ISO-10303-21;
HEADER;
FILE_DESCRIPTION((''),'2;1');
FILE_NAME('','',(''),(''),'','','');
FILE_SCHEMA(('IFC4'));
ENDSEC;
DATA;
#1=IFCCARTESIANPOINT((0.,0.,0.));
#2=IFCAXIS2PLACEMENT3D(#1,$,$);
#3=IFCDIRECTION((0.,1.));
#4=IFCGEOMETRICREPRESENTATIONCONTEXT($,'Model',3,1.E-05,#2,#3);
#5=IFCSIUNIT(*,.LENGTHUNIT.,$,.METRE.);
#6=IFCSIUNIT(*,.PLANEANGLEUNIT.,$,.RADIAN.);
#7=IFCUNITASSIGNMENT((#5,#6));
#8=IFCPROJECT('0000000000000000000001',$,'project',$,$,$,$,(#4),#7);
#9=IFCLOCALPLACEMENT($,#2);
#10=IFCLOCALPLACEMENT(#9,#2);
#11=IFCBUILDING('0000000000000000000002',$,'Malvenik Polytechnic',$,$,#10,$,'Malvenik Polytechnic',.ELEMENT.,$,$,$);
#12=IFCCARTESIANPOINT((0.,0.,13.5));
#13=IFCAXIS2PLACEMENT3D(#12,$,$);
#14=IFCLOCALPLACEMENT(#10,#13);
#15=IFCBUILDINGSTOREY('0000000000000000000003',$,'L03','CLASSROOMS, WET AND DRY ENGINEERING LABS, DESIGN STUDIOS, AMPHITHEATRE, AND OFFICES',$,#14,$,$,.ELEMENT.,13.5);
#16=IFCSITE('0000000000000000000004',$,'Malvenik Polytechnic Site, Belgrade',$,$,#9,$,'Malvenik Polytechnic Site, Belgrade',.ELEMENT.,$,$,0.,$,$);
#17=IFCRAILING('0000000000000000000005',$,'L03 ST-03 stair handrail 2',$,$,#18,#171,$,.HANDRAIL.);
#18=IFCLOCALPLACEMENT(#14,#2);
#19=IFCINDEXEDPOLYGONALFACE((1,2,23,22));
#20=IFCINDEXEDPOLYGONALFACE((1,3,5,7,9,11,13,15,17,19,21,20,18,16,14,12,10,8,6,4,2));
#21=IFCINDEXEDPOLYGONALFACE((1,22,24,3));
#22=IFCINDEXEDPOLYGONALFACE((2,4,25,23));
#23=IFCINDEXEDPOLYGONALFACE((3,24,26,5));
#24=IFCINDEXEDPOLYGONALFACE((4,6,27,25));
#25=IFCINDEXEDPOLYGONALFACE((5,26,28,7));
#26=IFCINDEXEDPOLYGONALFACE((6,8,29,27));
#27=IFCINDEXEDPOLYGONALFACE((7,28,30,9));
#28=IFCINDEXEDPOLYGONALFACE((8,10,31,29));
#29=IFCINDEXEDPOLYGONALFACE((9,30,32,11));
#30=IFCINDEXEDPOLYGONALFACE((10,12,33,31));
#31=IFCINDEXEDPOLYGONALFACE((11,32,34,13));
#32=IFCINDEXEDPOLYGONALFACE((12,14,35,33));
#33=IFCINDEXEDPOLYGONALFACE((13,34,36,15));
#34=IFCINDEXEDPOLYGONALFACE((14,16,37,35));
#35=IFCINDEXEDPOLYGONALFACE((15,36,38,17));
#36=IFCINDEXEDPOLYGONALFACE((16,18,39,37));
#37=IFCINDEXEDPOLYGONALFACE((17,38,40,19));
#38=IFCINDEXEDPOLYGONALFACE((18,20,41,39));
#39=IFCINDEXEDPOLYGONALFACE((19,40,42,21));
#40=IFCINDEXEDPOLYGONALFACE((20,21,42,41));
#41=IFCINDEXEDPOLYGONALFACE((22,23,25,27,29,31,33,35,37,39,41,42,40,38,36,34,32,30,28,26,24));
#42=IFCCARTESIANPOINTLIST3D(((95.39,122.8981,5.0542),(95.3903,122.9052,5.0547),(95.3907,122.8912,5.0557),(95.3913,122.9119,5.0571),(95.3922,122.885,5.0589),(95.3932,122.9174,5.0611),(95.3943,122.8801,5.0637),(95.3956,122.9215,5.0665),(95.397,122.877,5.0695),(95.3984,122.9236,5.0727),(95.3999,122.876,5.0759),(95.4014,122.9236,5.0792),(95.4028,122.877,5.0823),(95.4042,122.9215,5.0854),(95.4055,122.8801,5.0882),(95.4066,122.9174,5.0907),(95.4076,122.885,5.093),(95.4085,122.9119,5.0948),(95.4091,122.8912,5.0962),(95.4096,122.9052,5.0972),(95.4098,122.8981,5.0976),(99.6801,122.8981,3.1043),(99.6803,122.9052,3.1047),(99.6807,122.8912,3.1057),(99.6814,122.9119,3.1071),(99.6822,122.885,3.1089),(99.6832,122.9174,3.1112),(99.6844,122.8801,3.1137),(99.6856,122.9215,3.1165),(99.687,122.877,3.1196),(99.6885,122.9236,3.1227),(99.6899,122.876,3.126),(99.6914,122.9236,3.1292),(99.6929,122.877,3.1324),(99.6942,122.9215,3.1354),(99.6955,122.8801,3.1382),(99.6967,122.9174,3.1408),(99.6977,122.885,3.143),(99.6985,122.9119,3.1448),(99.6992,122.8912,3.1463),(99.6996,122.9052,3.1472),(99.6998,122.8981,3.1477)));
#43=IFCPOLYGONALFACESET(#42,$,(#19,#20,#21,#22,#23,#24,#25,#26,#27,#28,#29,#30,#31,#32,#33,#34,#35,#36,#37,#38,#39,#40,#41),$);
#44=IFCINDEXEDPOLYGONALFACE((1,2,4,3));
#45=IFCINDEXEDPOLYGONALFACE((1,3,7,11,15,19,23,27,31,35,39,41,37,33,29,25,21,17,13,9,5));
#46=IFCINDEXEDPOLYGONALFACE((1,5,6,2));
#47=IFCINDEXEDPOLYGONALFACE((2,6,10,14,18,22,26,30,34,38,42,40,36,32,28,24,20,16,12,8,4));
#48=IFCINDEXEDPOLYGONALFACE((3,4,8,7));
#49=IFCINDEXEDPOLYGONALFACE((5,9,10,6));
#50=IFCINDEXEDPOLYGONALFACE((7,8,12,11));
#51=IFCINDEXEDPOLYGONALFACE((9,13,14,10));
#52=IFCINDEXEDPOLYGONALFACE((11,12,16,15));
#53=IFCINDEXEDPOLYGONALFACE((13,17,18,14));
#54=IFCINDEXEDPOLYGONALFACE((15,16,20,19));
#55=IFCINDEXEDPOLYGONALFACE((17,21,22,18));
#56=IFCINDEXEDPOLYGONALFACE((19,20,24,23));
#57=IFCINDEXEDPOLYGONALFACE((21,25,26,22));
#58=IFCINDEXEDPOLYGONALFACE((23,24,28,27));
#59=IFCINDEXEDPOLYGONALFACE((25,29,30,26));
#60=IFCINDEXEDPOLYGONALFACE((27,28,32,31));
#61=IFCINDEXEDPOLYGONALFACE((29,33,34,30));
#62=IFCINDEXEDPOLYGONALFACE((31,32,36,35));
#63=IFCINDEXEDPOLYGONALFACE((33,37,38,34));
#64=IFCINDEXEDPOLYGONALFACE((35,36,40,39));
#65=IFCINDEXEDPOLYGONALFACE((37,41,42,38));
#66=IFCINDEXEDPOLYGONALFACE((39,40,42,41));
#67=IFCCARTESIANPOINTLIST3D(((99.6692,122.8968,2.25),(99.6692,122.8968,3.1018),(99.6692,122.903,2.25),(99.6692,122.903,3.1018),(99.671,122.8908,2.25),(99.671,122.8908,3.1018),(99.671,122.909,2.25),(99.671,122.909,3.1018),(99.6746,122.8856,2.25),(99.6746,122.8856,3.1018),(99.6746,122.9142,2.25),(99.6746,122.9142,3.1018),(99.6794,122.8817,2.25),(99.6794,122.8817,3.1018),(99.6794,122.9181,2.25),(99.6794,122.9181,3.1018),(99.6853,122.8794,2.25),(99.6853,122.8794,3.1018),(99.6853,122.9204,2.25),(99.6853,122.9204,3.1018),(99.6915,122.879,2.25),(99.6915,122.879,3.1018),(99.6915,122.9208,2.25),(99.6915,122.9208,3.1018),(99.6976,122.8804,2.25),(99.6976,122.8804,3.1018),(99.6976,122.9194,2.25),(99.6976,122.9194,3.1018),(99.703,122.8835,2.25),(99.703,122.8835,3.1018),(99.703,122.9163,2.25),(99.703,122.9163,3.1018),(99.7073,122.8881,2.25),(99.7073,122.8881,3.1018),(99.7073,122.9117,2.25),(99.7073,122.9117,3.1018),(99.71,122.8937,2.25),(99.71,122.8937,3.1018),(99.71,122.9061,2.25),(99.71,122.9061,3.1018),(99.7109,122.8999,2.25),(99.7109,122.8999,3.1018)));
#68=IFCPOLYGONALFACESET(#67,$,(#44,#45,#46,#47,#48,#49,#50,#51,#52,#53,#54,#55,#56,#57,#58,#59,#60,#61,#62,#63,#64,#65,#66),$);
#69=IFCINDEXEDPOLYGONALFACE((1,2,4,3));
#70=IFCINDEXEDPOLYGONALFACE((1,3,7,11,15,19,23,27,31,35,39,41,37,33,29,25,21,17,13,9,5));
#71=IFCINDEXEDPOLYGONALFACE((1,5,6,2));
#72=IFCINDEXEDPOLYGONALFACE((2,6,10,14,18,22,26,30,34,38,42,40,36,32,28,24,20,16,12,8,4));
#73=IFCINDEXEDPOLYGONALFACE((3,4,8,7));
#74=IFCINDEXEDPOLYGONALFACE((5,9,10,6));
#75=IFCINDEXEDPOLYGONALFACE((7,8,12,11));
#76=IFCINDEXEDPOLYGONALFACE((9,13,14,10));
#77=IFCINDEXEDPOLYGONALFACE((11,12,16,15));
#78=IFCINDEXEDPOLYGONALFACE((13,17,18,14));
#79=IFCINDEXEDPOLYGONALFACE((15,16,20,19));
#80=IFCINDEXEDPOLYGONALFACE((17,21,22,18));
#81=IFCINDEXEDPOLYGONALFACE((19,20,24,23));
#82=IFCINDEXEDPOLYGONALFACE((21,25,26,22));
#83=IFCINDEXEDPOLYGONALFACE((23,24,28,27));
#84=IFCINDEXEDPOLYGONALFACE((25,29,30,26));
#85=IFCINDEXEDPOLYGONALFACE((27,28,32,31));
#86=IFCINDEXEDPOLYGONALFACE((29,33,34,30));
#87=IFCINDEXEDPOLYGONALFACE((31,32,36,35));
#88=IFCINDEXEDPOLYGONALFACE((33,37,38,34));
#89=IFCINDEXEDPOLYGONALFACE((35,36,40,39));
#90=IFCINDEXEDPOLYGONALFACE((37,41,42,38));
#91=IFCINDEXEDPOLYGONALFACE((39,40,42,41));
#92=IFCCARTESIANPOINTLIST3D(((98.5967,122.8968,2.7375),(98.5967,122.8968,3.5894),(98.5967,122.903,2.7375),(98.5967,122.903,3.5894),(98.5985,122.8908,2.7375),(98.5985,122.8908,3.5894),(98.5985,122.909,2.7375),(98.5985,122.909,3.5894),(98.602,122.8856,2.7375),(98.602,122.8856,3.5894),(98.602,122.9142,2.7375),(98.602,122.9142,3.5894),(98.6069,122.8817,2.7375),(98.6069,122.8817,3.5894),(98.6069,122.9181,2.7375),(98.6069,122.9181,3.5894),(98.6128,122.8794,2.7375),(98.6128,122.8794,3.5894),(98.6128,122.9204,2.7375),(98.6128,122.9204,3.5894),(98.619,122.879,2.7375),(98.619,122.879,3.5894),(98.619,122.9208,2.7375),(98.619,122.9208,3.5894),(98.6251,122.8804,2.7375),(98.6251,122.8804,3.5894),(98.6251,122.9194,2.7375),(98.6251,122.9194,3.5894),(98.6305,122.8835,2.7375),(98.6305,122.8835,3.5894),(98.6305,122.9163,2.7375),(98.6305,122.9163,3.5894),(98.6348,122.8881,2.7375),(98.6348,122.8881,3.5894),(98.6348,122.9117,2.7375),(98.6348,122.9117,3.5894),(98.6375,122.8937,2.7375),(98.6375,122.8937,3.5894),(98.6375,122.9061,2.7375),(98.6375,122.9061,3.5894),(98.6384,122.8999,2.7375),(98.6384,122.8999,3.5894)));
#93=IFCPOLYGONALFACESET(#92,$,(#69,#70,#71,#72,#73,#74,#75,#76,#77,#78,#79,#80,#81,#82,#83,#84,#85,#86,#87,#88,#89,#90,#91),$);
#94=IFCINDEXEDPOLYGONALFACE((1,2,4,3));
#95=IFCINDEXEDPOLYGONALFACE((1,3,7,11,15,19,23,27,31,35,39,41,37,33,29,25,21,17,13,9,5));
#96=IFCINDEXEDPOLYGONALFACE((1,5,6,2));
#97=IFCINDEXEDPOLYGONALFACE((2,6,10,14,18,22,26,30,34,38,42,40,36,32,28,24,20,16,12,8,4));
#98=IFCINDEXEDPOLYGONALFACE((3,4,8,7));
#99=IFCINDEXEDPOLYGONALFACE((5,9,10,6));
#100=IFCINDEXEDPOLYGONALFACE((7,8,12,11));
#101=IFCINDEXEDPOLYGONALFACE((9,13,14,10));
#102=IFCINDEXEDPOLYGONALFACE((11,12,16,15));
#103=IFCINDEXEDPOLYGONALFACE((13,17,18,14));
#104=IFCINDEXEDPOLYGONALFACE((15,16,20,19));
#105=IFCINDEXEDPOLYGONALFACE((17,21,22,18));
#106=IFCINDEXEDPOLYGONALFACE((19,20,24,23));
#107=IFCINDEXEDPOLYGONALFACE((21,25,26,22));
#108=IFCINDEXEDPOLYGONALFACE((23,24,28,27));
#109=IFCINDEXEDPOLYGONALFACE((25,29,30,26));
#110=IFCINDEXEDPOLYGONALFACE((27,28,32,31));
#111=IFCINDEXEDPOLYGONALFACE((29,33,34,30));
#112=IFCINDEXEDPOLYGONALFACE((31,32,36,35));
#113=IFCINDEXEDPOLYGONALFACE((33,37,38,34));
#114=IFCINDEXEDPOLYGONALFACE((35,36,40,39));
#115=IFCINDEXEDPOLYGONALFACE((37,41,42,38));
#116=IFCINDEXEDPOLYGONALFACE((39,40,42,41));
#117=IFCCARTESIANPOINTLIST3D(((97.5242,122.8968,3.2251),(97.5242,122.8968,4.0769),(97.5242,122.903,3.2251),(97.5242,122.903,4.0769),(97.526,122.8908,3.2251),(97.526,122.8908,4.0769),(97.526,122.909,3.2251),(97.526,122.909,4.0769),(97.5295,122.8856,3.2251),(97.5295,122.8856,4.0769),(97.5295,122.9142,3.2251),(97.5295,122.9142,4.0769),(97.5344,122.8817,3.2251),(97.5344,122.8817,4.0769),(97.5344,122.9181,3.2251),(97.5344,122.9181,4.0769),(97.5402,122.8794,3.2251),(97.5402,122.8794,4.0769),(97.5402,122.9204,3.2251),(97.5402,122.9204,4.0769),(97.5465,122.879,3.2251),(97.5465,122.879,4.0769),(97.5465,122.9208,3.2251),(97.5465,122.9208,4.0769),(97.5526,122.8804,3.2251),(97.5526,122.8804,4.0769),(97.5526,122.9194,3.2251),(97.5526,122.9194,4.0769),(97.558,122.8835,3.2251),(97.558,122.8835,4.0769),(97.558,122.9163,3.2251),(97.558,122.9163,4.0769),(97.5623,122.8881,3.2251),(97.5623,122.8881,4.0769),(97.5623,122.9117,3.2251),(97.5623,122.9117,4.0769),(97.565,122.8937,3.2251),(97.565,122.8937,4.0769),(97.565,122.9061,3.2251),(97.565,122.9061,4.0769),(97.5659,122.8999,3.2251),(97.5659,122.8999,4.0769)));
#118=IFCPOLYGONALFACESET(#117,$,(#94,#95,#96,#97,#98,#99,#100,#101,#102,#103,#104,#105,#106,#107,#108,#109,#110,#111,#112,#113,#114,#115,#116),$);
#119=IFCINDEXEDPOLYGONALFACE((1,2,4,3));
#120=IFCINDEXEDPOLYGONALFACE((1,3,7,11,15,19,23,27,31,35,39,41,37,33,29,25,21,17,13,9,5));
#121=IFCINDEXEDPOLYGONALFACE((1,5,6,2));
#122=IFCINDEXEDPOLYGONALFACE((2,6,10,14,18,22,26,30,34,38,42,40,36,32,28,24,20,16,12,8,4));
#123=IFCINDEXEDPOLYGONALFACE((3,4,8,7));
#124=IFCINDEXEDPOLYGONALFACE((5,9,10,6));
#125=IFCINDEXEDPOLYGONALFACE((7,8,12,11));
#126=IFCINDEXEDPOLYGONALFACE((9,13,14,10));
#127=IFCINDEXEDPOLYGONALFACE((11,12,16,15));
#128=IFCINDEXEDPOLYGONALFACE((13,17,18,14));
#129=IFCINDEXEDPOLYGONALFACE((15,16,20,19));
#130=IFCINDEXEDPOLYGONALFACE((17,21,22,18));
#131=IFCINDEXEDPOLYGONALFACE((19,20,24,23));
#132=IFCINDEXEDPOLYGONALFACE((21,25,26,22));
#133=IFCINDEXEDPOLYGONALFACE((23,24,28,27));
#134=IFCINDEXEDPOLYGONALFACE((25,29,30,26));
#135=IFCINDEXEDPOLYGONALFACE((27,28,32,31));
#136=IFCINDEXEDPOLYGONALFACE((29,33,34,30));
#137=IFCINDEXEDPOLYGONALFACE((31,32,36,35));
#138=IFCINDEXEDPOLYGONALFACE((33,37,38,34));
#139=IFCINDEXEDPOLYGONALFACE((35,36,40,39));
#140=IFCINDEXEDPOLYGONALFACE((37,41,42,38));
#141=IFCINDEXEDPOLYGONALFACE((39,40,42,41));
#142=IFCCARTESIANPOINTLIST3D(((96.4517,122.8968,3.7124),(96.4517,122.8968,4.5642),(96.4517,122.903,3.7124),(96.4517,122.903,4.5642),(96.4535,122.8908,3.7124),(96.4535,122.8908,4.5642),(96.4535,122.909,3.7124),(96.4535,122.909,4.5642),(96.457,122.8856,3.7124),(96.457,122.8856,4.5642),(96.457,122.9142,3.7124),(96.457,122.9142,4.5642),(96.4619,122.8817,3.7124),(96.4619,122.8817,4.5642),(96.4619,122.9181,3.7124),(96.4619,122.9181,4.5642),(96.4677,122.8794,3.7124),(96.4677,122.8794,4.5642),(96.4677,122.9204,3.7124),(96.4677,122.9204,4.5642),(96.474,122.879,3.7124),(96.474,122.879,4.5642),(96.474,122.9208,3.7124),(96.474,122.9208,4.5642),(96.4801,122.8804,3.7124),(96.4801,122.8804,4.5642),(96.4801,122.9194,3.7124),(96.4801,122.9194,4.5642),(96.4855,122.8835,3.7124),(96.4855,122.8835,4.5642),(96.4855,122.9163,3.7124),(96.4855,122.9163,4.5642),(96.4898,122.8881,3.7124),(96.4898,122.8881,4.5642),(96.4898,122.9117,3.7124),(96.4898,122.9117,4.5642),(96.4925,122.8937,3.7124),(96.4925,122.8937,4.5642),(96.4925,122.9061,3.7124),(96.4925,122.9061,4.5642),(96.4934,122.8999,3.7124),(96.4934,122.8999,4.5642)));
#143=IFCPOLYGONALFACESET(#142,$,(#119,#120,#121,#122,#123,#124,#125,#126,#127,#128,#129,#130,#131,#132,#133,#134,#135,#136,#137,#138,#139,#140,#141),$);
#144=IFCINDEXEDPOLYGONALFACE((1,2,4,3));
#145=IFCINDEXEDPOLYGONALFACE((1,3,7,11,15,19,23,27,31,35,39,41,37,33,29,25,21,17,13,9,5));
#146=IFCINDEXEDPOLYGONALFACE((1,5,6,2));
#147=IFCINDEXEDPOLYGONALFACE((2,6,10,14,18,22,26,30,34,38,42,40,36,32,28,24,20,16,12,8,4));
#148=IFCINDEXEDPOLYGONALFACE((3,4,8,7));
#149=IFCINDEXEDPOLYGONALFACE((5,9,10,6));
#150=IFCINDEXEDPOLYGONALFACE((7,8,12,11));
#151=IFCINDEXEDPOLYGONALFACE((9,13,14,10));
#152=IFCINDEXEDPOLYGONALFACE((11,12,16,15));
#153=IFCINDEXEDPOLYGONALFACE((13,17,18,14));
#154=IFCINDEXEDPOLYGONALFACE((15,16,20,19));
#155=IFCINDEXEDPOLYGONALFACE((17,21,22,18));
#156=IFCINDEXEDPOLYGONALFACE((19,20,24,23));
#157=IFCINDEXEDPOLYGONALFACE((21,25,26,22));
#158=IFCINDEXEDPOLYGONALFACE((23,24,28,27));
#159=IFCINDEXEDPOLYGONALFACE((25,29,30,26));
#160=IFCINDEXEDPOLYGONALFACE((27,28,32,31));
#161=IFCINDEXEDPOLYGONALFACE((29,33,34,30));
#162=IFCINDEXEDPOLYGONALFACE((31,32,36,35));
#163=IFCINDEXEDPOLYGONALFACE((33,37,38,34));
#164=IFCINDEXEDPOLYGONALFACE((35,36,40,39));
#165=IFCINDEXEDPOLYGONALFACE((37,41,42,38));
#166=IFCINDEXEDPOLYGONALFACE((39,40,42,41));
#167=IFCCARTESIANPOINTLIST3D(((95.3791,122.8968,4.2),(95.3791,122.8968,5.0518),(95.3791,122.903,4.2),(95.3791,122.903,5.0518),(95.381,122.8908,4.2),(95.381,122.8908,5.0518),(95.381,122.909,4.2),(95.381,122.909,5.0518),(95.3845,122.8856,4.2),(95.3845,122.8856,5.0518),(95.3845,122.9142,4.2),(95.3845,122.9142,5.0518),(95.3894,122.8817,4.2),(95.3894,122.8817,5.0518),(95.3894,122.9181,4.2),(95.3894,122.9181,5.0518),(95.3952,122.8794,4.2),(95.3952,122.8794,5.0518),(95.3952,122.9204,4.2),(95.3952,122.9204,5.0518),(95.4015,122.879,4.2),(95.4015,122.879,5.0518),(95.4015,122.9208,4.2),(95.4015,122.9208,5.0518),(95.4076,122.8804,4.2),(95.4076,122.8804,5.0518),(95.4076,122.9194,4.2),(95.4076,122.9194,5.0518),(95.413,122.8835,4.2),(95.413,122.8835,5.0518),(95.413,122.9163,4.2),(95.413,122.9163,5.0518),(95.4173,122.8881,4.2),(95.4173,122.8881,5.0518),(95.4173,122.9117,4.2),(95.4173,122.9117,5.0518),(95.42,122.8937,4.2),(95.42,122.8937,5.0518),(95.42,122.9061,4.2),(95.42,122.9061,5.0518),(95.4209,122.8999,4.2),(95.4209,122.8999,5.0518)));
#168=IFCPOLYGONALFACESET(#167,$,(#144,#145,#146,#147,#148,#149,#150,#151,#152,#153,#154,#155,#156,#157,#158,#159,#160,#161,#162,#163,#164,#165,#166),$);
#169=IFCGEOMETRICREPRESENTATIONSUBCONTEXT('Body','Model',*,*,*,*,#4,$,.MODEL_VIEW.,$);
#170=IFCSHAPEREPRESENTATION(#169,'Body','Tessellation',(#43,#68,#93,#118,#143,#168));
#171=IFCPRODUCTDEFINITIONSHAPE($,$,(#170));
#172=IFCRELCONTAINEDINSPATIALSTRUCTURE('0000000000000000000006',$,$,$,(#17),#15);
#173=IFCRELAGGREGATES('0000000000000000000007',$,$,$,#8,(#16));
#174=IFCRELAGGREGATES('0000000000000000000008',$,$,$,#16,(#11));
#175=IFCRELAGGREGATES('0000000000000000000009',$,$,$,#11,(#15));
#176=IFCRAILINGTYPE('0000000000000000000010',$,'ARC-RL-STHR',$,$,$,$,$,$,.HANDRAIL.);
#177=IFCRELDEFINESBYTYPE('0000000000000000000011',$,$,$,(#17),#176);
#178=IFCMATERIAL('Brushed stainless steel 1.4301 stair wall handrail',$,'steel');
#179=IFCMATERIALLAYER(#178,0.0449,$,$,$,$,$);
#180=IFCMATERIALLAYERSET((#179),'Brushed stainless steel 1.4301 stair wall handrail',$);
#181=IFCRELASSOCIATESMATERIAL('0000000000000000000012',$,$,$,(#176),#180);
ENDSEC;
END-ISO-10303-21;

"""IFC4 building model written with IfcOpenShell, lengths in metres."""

from ifc_helpers import new_model, si_unit, direction, frame, origin, origin_2d, place, context, subcontext, project, spatial, circle, extrude, material, layer, layer_set, type_object, element, save


model = new_model("IFC4")

# Units and contexts
model_context = context("Model", 3, precision=1e-05, world=origin(), true_north=direction((0.0, 1.0)))
body_context = subcontext(model_context, "Body", "Model", "MODEL_VIEW")
ifc_project = project(units=[si_unit("LENGTHUNIT", "METRE"), si_unit("PLANEANGLEUNIT", "RADIAN")], contexts=[model_context])

# Site, building, storey
site_placement = place(None, origin())
site = spatial("IfcSite", under=ifc_project, at=site_placement, Name="Malvenik Polytechnic Site, Belgrade", LongName="Malvenik Polytechnic Site, Belgrade", CompositionType="ELEMENT", RefElevation=0.0)
building_placement = place(site_placement, origin())
building = spatial("IfcBuilding", under=site, at=building_placement, Name="Malvenik Polytechnic", LongName="Malvenik Polytechnic", CompositionType="ELEMENT")
storey_placement = place(building_placement, frame((0.0, 0.0, 13.5)))
storey = spatial("IfcBuildingStorey", under=building, at=storey_placement, Name="L03", Description="CLASSROOMS, WET AND DRY ENGINEERING LABS, DESIGN STUDIOS, AMPHITHEATRE, AND OFFICES", CompositionType="ELEMENT", Elevation=13.5)

# Railing
ifc_material_1 = material(Name="Brushed stainless steel 1.4301 stair wall handrail", Category="steel")
ifc_layer_1 = layer(ifc_material_1, 0.0449)
ifc_layer_set_1 = layer_set([ifc_layer_1], Name="Brushed stainless steel 1.4301 stair wall handrail")
railing_type_1 = type_object("IfcRailingType", Name="ARC-RL-STHR", PredefinedType="HANDRAIL", material=ifc_layer_set_1)
railing_1_placement = place(storey_placement, frame((99.6899, 122.8999, 2.25)))
element("IfcRailing", 1, at=railing_1_placement, inside=storey, type_object=railing_type_1, Name="L03 ST-03 stair handrail 2", PredefinedType="HANDRAIL", context=body_context, shape_type="SweptSolid", body=[
    extrude(circle(Radius=0.0239, at=origin_2d()), frame((0.0, 0.0, 0.876), z_axis=(-0.910372, 0.0, 0.413791), x_axis=(0.0, -1.0, 0.0)), (0.0, 0.0, 1.0), 4.7124),
    extrude(circle(Radius=0.021, at=origin_2d()), origin(), (0.0, 0.0, 1.0), 0.8518),
    extrude(circle(Radius=0.021, at=origin_2d()), frame((-1.0725, 0.0, 0.4875)), (0.0, 0.0, 1.0), 0.8518),
    extrude(circle(Radius=0.021, at=origin_2d()), frame((-2.145, 0.0, 0.9751)), (0.0, 0.0, 1.0), 0.8518),
    extrude(circle(Radius=0.021, at=origin_2d()), frame((-3.2175, 0.0, 1.4624)), (0.0, 0.0, 1.0), 0.8518),
    extrude(circle(Radius=0.021, at=origin_2d()), frame((-4.29, 0.0, 1.95)), (0.0, 0.0, 1.0), 0.8518),
])

save(model, "model.ifc")
